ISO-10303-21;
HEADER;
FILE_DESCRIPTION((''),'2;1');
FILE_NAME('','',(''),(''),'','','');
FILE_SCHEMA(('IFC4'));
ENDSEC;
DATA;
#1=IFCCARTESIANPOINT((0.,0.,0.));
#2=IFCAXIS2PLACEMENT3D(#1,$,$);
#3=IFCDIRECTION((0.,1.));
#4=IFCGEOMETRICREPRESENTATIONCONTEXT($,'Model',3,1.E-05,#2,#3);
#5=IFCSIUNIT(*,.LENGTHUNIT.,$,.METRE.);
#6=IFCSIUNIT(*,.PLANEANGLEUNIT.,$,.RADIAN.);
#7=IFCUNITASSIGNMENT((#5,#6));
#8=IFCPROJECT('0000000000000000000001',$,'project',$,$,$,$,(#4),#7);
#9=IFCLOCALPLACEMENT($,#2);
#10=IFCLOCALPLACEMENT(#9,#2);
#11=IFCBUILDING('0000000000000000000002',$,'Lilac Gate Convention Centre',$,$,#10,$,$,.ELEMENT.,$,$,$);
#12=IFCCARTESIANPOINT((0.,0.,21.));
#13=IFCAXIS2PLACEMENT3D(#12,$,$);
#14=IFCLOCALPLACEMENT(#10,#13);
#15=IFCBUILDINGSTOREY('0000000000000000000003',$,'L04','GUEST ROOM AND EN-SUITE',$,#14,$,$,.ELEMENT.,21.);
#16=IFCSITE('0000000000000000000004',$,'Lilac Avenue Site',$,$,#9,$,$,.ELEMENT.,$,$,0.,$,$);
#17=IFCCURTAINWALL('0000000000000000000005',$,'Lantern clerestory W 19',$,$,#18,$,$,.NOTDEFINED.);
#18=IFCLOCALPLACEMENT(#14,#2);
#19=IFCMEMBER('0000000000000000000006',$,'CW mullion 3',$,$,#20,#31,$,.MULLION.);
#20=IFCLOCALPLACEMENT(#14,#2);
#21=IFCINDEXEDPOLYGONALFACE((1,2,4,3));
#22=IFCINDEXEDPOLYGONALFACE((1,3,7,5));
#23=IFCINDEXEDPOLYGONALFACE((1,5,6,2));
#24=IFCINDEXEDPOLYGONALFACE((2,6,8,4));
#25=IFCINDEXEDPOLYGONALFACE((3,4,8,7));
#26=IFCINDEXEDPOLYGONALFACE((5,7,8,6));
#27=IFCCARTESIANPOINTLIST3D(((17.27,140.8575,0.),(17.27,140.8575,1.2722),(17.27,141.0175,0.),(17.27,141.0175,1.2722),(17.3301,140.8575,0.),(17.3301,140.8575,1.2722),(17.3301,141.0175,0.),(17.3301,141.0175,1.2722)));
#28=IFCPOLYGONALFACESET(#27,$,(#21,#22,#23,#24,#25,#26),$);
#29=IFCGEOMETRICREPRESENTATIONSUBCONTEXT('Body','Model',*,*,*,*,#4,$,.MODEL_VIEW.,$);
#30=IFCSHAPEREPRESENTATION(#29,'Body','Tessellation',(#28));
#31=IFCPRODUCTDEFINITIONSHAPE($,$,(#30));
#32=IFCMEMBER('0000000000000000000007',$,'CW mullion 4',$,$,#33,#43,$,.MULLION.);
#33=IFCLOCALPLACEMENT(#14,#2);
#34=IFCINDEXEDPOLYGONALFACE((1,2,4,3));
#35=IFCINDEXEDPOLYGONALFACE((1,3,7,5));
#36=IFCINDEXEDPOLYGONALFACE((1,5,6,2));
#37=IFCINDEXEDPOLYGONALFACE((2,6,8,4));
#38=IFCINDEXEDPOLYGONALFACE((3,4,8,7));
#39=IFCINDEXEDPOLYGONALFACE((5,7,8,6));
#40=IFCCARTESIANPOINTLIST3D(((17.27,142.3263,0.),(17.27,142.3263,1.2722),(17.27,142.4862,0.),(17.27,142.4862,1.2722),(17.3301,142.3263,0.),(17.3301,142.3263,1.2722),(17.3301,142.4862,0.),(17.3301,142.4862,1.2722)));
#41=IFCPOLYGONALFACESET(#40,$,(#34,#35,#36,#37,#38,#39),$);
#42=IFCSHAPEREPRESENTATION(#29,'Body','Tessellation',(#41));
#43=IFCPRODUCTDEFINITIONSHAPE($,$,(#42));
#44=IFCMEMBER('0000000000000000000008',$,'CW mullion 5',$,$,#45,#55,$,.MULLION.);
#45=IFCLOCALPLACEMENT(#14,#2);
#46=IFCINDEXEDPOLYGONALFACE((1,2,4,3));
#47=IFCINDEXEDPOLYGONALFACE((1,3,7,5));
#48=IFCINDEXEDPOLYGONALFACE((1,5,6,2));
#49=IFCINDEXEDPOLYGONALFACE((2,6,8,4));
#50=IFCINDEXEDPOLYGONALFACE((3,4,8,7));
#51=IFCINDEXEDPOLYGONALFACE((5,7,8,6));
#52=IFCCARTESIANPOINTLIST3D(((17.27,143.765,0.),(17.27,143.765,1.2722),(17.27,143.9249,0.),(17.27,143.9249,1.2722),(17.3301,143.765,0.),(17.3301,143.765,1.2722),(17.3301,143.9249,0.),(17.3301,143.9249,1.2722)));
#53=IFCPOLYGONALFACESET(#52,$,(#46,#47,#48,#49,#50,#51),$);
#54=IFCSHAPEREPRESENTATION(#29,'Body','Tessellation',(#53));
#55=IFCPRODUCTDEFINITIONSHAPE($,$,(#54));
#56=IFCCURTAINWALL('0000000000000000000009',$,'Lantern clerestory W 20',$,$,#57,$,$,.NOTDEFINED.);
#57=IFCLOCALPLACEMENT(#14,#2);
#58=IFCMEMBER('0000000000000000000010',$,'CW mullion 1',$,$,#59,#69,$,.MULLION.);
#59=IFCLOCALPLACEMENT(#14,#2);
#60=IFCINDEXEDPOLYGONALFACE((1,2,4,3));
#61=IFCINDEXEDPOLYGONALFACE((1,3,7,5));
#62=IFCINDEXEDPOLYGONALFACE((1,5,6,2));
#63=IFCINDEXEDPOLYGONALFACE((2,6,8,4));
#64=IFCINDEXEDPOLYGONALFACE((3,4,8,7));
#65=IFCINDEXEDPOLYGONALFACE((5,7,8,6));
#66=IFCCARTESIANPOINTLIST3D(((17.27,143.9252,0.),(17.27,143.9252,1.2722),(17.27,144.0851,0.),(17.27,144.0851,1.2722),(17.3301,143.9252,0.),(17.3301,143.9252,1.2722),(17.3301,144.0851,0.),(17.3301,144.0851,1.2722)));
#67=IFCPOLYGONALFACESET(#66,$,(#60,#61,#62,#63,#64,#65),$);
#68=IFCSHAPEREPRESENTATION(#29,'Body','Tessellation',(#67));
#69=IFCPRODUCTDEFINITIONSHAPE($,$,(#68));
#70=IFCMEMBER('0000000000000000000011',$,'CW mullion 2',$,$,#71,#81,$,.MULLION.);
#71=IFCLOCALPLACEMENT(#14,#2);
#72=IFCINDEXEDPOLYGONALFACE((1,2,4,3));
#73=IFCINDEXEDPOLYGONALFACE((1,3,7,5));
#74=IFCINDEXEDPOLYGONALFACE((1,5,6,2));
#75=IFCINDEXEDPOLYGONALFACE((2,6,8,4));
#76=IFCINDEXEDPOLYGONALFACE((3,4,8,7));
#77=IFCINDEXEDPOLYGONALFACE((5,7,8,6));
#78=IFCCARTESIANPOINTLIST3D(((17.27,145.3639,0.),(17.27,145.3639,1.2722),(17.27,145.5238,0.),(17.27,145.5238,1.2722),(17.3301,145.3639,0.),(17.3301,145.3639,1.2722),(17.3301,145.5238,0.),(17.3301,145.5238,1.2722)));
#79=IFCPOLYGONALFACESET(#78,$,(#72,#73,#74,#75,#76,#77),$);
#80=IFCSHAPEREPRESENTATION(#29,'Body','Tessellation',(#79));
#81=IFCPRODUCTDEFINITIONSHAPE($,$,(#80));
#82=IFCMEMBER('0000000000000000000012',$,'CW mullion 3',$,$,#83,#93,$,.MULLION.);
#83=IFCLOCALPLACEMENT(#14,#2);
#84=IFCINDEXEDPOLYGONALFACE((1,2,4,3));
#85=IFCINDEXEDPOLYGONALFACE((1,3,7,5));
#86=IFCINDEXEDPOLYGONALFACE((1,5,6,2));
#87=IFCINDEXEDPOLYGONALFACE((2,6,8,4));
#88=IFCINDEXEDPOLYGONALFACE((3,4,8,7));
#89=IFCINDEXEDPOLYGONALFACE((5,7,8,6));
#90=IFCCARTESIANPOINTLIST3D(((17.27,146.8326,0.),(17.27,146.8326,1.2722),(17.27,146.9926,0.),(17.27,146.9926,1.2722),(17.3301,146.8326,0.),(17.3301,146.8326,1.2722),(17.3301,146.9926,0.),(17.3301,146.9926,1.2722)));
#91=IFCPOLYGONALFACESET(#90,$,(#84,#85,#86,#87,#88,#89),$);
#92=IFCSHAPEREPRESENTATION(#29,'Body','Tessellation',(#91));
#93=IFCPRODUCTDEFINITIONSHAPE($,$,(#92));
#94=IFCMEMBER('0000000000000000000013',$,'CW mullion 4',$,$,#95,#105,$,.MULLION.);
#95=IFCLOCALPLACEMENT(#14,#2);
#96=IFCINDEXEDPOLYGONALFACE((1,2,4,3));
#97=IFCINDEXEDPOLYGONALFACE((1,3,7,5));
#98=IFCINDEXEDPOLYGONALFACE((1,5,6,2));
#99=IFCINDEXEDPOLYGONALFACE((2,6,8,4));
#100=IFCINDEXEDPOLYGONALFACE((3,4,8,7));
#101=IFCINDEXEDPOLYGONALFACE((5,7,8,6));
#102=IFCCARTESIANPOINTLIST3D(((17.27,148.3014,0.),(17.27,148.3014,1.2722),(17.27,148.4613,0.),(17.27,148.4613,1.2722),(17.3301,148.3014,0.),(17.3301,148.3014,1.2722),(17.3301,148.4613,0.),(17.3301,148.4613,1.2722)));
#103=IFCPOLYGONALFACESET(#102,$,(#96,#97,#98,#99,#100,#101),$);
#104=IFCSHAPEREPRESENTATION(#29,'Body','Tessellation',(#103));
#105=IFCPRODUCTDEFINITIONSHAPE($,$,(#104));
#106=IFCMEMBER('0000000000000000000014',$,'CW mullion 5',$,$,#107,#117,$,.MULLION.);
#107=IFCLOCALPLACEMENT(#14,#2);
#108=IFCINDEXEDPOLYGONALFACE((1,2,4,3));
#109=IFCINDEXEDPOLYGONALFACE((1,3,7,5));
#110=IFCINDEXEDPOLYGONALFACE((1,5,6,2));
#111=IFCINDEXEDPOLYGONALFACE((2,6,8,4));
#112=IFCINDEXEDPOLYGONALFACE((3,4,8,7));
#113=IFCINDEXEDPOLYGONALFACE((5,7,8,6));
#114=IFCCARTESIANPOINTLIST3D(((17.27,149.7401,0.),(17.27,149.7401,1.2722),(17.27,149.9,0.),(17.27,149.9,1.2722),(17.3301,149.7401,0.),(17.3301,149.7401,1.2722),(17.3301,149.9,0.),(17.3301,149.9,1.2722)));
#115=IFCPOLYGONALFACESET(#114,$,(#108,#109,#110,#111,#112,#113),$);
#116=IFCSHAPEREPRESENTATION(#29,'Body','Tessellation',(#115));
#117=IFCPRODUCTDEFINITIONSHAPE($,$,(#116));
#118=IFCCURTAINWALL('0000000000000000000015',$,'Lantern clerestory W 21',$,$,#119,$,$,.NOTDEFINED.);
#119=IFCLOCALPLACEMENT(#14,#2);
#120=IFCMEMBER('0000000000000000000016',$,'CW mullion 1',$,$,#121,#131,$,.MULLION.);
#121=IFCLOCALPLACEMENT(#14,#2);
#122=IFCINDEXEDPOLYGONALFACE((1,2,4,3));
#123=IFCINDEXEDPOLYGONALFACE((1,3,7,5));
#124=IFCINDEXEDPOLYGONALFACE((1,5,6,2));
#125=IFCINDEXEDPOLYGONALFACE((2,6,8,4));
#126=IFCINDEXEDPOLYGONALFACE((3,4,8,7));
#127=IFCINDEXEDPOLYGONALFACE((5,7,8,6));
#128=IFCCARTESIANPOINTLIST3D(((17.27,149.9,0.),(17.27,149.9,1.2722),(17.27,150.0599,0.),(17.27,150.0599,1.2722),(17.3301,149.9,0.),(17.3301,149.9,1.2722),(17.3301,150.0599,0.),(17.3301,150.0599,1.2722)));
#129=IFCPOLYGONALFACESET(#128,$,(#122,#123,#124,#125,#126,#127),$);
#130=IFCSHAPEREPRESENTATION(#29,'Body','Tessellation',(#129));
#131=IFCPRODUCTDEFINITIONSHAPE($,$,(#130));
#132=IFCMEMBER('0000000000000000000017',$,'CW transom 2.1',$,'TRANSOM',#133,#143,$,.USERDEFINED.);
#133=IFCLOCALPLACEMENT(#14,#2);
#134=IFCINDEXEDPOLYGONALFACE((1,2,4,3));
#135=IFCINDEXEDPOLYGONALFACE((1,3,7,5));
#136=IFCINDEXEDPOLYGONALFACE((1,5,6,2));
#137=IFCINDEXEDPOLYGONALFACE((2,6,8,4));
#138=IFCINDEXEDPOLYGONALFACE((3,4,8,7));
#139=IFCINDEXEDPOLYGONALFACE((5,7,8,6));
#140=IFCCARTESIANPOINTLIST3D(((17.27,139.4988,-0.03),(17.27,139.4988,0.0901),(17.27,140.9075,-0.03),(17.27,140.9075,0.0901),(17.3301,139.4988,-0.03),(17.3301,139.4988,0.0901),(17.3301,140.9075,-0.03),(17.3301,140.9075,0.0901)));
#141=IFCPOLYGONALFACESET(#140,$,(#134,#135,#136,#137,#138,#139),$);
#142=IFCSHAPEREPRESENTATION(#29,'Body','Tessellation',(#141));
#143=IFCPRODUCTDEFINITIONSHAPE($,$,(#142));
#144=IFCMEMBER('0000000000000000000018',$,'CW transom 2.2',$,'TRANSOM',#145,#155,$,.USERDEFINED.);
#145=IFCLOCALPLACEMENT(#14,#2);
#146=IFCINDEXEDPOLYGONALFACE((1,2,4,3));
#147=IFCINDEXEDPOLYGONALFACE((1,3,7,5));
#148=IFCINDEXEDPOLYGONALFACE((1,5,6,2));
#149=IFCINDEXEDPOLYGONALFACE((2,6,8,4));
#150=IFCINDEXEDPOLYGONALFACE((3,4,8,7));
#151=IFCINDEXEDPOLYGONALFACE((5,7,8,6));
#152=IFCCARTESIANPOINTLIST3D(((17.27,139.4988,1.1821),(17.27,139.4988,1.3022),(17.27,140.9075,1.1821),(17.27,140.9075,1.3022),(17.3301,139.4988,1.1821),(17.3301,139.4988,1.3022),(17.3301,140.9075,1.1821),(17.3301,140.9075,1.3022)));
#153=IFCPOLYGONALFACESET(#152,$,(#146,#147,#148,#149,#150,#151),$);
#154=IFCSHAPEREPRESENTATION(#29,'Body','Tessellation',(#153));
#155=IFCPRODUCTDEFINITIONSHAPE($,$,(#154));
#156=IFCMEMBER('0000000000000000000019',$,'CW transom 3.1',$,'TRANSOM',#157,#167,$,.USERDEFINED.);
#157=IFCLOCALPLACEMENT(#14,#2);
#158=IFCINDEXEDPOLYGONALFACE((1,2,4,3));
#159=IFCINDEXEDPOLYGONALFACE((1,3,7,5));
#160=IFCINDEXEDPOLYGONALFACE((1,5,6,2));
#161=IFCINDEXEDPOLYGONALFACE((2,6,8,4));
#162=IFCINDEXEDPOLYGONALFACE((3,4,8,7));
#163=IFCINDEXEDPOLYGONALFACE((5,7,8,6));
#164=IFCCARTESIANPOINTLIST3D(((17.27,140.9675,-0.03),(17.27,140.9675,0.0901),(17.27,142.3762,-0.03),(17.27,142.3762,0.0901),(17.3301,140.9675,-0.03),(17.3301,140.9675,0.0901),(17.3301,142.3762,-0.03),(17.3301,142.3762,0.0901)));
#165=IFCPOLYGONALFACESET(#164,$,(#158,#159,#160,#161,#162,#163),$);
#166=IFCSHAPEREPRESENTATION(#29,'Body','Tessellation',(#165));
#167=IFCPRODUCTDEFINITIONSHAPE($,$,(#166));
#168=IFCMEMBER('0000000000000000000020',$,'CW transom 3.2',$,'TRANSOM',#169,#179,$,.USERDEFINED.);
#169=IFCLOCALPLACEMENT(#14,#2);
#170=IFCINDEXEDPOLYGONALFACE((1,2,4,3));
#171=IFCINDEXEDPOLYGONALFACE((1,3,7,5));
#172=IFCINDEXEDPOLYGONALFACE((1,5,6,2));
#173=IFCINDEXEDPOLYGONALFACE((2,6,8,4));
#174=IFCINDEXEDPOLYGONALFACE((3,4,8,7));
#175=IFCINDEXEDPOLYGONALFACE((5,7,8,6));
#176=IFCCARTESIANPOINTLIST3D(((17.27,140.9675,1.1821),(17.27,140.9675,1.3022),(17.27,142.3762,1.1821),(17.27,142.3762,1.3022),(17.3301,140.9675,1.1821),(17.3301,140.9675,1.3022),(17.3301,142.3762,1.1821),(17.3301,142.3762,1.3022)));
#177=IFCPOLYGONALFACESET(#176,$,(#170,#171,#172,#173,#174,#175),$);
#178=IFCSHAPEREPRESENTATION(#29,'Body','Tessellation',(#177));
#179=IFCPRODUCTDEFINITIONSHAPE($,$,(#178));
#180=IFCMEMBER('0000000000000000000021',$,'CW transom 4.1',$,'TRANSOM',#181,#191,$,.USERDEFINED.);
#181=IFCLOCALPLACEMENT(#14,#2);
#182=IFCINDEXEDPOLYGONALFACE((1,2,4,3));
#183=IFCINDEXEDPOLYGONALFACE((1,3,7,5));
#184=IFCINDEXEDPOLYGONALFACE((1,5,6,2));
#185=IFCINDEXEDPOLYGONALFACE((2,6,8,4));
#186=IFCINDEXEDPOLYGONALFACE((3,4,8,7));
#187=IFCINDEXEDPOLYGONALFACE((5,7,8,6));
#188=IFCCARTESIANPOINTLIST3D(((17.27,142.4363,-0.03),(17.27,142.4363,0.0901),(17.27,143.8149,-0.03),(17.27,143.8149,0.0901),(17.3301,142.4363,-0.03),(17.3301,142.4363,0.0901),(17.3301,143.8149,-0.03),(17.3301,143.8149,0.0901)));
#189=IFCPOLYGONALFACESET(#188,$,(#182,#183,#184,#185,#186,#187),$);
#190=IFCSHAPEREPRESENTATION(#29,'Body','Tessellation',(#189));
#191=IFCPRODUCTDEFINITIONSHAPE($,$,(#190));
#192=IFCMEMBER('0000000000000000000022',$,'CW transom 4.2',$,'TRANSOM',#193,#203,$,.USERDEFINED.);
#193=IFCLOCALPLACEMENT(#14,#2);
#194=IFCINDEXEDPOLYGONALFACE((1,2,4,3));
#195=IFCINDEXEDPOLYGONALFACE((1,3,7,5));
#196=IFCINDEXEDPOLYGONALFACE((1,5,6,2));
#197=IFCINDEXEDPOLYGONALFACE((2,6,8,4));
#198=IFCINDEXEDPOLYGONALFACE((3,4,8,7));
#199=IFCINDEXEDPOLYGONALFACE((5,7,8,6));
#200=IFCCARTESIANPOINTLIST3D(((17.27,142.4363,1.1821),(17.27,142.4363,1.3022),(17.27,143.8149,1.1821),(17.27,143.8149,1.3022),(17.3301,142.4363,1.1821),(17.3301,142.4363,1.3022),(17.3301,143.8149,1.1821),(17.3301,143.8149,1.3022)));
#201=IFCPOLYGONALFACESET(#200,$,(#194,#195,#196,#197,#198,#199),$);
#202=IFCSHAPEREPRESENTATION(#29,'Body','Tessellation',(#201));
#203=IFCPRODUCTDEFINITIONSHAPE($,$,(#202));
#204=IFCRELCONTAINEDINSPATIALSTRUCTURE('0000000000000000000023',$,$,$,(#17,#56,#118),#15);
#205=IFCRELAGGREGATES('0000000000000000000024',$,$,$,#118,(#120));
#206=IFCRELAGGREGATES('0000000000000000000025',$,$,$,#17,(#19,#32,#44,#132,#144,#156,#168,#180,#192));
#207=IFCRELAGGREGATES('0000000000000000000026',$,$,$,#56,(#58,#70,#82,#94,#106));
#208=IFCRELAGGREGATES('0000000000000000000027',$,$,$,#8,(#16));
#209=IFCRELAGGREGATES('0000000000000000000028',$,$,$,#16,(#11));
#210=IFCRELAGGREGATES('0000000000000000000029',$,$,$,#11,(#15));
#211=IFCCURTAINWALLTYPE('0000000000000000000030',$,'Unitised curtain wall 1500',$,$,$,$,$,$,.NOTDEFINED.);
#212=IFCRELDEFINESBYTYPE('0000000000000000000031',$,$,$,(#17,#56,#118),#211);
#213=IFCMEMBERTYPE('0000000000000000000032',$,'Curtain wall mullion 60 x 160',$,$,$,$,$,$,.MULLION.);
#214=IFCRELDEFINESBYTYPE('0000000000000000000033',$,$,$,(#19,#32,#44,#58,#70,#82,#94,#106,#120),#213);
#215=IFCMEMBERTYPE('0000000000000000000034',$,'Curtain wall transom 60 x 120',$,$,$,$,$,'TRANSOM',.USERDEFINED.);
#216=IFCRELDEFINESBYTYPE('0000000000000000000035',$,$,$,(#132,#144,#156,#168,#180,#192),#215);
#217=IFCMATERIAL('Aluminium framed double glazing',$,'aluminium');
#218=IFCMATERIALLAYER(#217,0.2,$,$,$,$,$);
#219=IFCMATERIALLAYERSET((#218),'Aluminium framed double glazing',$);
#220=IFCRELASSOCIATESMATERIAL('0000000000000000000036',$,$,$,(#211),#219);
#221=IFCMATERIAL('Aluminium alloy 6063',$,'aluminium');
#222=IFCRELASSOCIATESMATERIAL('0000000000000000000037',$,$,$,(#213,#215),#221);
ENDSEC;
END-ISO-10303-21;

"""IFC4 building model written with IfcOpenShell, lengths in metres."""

from ifc_helpers import new_model, si_unit, direction, frame, origin, origin_2d, place, context, subcontext, project, spatial, rectangle, extrude, material, layer, layer_set, material_profile, profile_set, type_object, element, aggregate, save


model = new_model("IFC4")

# Units and contexts
model_context = context("Model", 3, precision=1e-05, world=origin(), true_north=direction((0.0, 1.0)))
body_context = subcontext(model_context, "Body", "Model", "MODEL_VIEW")
ifc_project = project(units=[si_unit("LENGTHUNIT", "METRE"), si_unit("PLANEANGLEUNIT", "RADIAN")], contexts=[model_context])

# Site, building, storey
site_placement = place(None, origin())
site = spatial("IfcSite", under=ifc_project, at=site_placement, Name="Lilac Avenue Site", CompositionType="ELEMENT", RefElevation=0.0)
building_placement = place(site_placement, origin())
building = spatial("IfcBuilding", under=site, at=building_placement, Name="Lilac Gate Convention Centre", CompositionType="ELEMENT")
storey_placement = place(building_placement, frame((0.0, 0.0, 21.0)))
storey = spatial("IfcBuildingStorey", under=building, at=storey_placement, Name="L04", Description="GUEST ROOM AND EN-SUITE", CompositionType="ELEMENT", Elevation=21.0)

# Curtain walls, members
ifc_material_1 = material(Name="Aluminium framed double glazing", Category="aluminium")
ifc_layer_1 = layer(ifc_material_1, 0.2)
ifc_layer_set_1 = layer_set([ifc_layer_1], Name="Aluminium framed double glazing")
curtain_wall_type = type_object("IfcCurtainWallType", Name="Unitised curtain wall 1500", PredefinedType="NOTDEFINED", material=ifc_layer_set_1)
curtain_wall_1_placement = place(storey_placement, origin())
curtain_wall_1 = element("IfcCurtainWall", 1, at=curtain_wall_1_placement, inside=storey, type_object=curtain_wall_type, Name="Lantern clerestory W 19", PredefinedType="NOTDEFINED")
ifc_material_2 = material(Name="Aluminium alloy 6063", Category="aluminium")
ifc_material_profile_1 = material_profile(ifc_material_2, rectangle(XDim=0.0601, YDim=0.1599, at=origin_2d()), Name="Curtain wall mullion 60 x 160")
ifc_profile_set_1 = profile_set([ifc_material_profile_1], Name="Aluminium alloy 6063")
member_type_1 = type_object("IfcMemberType", Name="Curtain wall mullion 60 x 160", PredefinedType="MULLION", material=ifc_profile_set_1)
member_1_placement = place(storey_placement, frame((17.3, 140.9375, 0.0), z_axis=(0.0, 0.0, 1.0), x_axis=(-1.0, 0.0, 0.0)))
member_1 = element("IfcMember", 2, at=member_1_placement, type_object=member_type_1, Name="CW mullion 3", PredefinedType="MULLION", context=body_context, shape_type="SweptSolid", body=[
    extrude(rectangle(XDim=0.0601, YDim=0.1599, at=origin_2d()), origin(), (0.0, 0.0, 1.0), 1.2722),
])
member_2_placement = place(storey_placement, frame((17.3, 142.4062, 0.0), z_axis=(0.0, 0.0, 1.0), x_axis=(-1.0, 0.0, 0.0)))
member_2 = element("IfcMember", 3, at=member_2_placement, type_object=member_type_1, Name="CW mullion 4", PredefinedType="MULLION", context=body_context, shape_type="SweptSolid", body=[
    extrude(rectangle(XDim=0.0601, YDim=0.1599, at=origin_2d()), origin(), (0.0, 0.0, 1.0), 1.2722),
])
member_3_placement = place(storey_placement, frame((17.3, 143.845, 0.0), z_axis=(0.0, 0.0, 1.0), x_axis=(-1.0, 0.0, 0.0)))
member_3 = element("IfcMember", 4, at=member_3_placement, type_object=member_type_1, Name="CW mullion 5", PredefinedType="MULLION", context=body_context, shape_type="SweptSolid", body=[
    extrude(rectangle(XDim=0.0601, YDim=0.1599, at=origin_2d()), origin(), (0.0, 0.0, 1.0), 1.2722),
])
curtain_wall_2_placement = place(storey_placement, origin())
curtain_wall_2 = element("IfcCurtainWall", 5, at=curtain_wall_2_placement, inside=storey, type_object=curtain_wall_type, Name="Lantern clerestory W 20", PredefinedType="NOTDEFINED")
member_4_placement = place(storey_placement, frame((17.3, 144.0051, 0.0), z_axis=(0.0, 0.0, 1.0), x_axis=(-1.0, 0.0, 0.0)))
member_4 = element("IfcMember", 6, at=member_4_placement, type_object=member_type_1, Name="CW mullion 1", PredefinedType="MULLION", context=body_context, shape_type="SweptSolid", body=[
    extrude(rectangle(XDim=0.0601, YDim=0.1599, at=origin_2d()), origin(), (0.0, 0.0, 1.0), 1.2722),
])
member_5_placement = place(storey_placement, frame((17.3, 145.4438, 0.0), z_axis=(0.0, 0.0, 1.0), x_axis=(-1.0, 0.0, 0.0)))
member_5 = element("IfcMember", 7, at=member_5_placement, type_object=member_type_1, Name="CW mullion 2", PredefinedType="MULLION", context=body_context, shape_type="SweptSolid", body=[
    extrude(rectangle(XDim=0.0601, YDim=0.1599, at=origin_2d()), origin(), (0.0, 0.0, 1.0), 1.2722),
])
member_6_placement = place(storey_placement, frame((17.3, 146.9126, 0.0), z_axis=(0.0, 0.0, 1.0), x_axis=(-1.0, 0.0, 0.0)))
member_6 = element("IfcMember", 8, at=member_6_placement, type_object=member_type_1, Name="CW mullion 3", PredefinedType="MULLION", context=body_context, shape_type="SweptSolid", body=[
    extrude(rectangle(XDim=0.0601, YDim=0.1599, at=origin_2d()), origin(), (0.0, 0.0, 1.0), 1.2722),
])
member_7_placement = place(storey_placement, frame((17.3, 148.3813, 0.0), z_axis=(0.0, 0.0, 1.0), x_axis=(-1.0, 0.0, 0.0)))
member_7 = element("IfcMember", 9, at=member_7_placement, type_object=member_type_1, Name="CW mullion 4", PredefinedType="MULLION", context=body_context, shape_type="SweptSolid", body=[
    extrude(rectangle(XDim=0.0601, YDim=0.1599, at=origin_2d()), origin(), (0.0, 0.0, 1.0), 1.2722),
])
member_8_placement = place(storey_placement, frame((17.3, 149.8201, 0.0), z_axis=(0.0, 0.0, 1.0), x_axis=(-1.0, 0.0, 0.0)))
member_8 = element("IfcMember", 10, at=member_8_placement, type_object=member_type_1, Name="CW mullion 5", PredefinedType="MULLION", context=body_context, shape_type="SweptSolid", body=[
    extrude(rectangle(XDim=0.0601, YDim=0.1599, at=origin_2d()), origin(), (0.0, 0.0, 1.0), 1.2722),
])

# Curtain wall, member
curtain_wall_3_placement = place(storey_placement, origin())
curtain_wall_3 = element("IfcCurtainWall", 11, at=curtain_wall_3_placement, inside=storey, type_object=curtain_wall_type, Name="Lantern clerestory W 21", PredefinedType="NOTDEFINED")
member_9_placement = place(storey_placement, frame((17.3, 149.98, 0.0), z_axis=(0.0, 0.0, 1.0), x_axis=(-1.0, 0.0, 0.0)))
member_9 = element("IfcMember", 12, at=member_9_placement, type_object=member_type_1, Name="CW mullion 1", PredefinedType="MULLION", context=body_context, shape_type="SweptSolid", body=[
    extrude(rectangle(XDim=0.0601, YDim=0.1599, at=origin_2d()), origin(), (0.0, 0.0, 1.0), 1.2722),
])

# Members
ifc_material_profile_2 = material_profile(ifc_material_2, rectangle(XDim=0.0601, YDim=0.1201, at=origin_2d()), Name="Curtain wall transom 60 x 120")
ifc_profile_set_2 = profile_set([ifc_material_profile_2], Name="Aluminium alloy 6063")
member_type_2 = type_object("IfcMemberType", Name="Curtain wall transom 60 x 120", ElementType="TRANSOM", PredefinedType="USERDEFINED", material=ifc_profile_set_2)
member_10_placement = place(storey_placement, frame((17.3, 139.4988, 0.03), z_axis=(0.0, 1.0, 0.0), x_axis=(-1.0, 0.0, 0.0)))
member_10 = element("IfcMember", 13, at=member_10_placement, type_object=member_type_2, Name="CW transom 2.1", ObjectType="TRANSOM", PredefinedType="USERDEFINED", context=body_context, shape_type="SweptSolid", body=[
    extrude(rectangle(XDim=0.0601, YDim=0.1201, at=origin_2d()), origin(), (0.0, 0.0, 1.0), 1.4087),
])
member_11_placement = place(storey_placement, frame((17.3, 139.4988, 1.2422), z_axis=(0.0, 1.0, 0.0), x_axis=(-1.0, 0.0, 0.0)))
member_11 = element("IfcMember", 14, at=member_11_placement, type_object=member_type_2, Name="CW transom 2.2", ObjectType="TRANSOM", PredefinedType="USERDEFINED", context=body_context, shape_type="SweptSolid", body=[
    extrude(rectangle(XDim=0.0601, YDim=0.1201, at=origin_2d()), origin(), (0.0, 0.0, 1.0), 1.4087),
])
member_12_placement = place(storey_placement, frame((17.3, 140.9675, 0.03), z_axis=(0.0, 1.0, 0.0), x_axis=(-1.0, 0.0, 0.0)))
member_12 = element("IfcMember", 15, at=member_12_placement, type_object=member_type_2, Name="CW transom 3.1", ObjectType="TRANSOM", PredefinedType="USERDEFINED", context=body_context, shape_type="SweptSolid", body=[
    extrude(rectangle(XDim=0.0601, YDim=0.1201, at=origin_2d()), origin(), (0.0, 0.0, 1.0), 1.4087),
])
member_13_placement = place(storey_placement, frame((17.3, 140.9675, 1.2422), z_axis=(0.0, 1.0, 0.0), x_axis=(-1.0, 0.0, 0.0)))
member_13 = element("IfcMember", 16, at=member_13_placement, type_object=member_type_2, Name="CW transom 3.2", ObjectType="TRANSOM", PredefinedType="USERDEFINED", context=body_context, shape_type="SweptSolid", body=[
    extrude(rectangle(XDim=0.0601, YDim=0.1201, at=origin_2d()), origin(), (0.0, 0.0, 1.0), 1.4087),
])
member_14_placement = place(storey_placement, frame((17.3, 142.4363, 0.03), z_axis=(0.0, 1.0, 0.0), x_axis=(-1.0, 0.0, 0.0)))
member_14 = element("IfcMember", 17, at=member_14_placement, type_object=member_type_2, Name="CW transom 4.1", ObjectType="TRANSOM", PredefinedType="USERDEFINED", context=body_context, shape_type="SweptSolid", body=[
    extrude(rectangle(XDim=0.0601, YDim=0.1201, at=origin_2d()), origin(), (0.0, 0.0, 1.0), 1.3787),
])
member_15_placement = place(storey_placement, frame((17.3, 142.4363, 1.2422), z_axis=(0.0, 1.0, 0.0), x_axis=(-1.0, 0.0, 0.0)))
member_15 = element("IfcMember", 18, at=member_15_placement, type_object=member_type_2, Name="CW transom 4.2", ObjectType="TRANSOM", PredefinedType="USERDEFINED", context=body_context, shape_type="SweptSolid", body=[
    extrude(rectangle(XDim=0.0601, YDim=0.1201, at=origin_2d()), origin(), (0.0, 0.0, 1.0), 1.3787),
])
aggregate(curtain_wall_3, [member_9])

aggregate(curtain_wall_1, [member_1, member_2, member_3, member_10, member_11, member_12, member_13, member_14, member_15])
aggregate(curtain_wall_2, [member_4, member_5, member_6, member_7, member_8])

save(model, "model.ifc")
